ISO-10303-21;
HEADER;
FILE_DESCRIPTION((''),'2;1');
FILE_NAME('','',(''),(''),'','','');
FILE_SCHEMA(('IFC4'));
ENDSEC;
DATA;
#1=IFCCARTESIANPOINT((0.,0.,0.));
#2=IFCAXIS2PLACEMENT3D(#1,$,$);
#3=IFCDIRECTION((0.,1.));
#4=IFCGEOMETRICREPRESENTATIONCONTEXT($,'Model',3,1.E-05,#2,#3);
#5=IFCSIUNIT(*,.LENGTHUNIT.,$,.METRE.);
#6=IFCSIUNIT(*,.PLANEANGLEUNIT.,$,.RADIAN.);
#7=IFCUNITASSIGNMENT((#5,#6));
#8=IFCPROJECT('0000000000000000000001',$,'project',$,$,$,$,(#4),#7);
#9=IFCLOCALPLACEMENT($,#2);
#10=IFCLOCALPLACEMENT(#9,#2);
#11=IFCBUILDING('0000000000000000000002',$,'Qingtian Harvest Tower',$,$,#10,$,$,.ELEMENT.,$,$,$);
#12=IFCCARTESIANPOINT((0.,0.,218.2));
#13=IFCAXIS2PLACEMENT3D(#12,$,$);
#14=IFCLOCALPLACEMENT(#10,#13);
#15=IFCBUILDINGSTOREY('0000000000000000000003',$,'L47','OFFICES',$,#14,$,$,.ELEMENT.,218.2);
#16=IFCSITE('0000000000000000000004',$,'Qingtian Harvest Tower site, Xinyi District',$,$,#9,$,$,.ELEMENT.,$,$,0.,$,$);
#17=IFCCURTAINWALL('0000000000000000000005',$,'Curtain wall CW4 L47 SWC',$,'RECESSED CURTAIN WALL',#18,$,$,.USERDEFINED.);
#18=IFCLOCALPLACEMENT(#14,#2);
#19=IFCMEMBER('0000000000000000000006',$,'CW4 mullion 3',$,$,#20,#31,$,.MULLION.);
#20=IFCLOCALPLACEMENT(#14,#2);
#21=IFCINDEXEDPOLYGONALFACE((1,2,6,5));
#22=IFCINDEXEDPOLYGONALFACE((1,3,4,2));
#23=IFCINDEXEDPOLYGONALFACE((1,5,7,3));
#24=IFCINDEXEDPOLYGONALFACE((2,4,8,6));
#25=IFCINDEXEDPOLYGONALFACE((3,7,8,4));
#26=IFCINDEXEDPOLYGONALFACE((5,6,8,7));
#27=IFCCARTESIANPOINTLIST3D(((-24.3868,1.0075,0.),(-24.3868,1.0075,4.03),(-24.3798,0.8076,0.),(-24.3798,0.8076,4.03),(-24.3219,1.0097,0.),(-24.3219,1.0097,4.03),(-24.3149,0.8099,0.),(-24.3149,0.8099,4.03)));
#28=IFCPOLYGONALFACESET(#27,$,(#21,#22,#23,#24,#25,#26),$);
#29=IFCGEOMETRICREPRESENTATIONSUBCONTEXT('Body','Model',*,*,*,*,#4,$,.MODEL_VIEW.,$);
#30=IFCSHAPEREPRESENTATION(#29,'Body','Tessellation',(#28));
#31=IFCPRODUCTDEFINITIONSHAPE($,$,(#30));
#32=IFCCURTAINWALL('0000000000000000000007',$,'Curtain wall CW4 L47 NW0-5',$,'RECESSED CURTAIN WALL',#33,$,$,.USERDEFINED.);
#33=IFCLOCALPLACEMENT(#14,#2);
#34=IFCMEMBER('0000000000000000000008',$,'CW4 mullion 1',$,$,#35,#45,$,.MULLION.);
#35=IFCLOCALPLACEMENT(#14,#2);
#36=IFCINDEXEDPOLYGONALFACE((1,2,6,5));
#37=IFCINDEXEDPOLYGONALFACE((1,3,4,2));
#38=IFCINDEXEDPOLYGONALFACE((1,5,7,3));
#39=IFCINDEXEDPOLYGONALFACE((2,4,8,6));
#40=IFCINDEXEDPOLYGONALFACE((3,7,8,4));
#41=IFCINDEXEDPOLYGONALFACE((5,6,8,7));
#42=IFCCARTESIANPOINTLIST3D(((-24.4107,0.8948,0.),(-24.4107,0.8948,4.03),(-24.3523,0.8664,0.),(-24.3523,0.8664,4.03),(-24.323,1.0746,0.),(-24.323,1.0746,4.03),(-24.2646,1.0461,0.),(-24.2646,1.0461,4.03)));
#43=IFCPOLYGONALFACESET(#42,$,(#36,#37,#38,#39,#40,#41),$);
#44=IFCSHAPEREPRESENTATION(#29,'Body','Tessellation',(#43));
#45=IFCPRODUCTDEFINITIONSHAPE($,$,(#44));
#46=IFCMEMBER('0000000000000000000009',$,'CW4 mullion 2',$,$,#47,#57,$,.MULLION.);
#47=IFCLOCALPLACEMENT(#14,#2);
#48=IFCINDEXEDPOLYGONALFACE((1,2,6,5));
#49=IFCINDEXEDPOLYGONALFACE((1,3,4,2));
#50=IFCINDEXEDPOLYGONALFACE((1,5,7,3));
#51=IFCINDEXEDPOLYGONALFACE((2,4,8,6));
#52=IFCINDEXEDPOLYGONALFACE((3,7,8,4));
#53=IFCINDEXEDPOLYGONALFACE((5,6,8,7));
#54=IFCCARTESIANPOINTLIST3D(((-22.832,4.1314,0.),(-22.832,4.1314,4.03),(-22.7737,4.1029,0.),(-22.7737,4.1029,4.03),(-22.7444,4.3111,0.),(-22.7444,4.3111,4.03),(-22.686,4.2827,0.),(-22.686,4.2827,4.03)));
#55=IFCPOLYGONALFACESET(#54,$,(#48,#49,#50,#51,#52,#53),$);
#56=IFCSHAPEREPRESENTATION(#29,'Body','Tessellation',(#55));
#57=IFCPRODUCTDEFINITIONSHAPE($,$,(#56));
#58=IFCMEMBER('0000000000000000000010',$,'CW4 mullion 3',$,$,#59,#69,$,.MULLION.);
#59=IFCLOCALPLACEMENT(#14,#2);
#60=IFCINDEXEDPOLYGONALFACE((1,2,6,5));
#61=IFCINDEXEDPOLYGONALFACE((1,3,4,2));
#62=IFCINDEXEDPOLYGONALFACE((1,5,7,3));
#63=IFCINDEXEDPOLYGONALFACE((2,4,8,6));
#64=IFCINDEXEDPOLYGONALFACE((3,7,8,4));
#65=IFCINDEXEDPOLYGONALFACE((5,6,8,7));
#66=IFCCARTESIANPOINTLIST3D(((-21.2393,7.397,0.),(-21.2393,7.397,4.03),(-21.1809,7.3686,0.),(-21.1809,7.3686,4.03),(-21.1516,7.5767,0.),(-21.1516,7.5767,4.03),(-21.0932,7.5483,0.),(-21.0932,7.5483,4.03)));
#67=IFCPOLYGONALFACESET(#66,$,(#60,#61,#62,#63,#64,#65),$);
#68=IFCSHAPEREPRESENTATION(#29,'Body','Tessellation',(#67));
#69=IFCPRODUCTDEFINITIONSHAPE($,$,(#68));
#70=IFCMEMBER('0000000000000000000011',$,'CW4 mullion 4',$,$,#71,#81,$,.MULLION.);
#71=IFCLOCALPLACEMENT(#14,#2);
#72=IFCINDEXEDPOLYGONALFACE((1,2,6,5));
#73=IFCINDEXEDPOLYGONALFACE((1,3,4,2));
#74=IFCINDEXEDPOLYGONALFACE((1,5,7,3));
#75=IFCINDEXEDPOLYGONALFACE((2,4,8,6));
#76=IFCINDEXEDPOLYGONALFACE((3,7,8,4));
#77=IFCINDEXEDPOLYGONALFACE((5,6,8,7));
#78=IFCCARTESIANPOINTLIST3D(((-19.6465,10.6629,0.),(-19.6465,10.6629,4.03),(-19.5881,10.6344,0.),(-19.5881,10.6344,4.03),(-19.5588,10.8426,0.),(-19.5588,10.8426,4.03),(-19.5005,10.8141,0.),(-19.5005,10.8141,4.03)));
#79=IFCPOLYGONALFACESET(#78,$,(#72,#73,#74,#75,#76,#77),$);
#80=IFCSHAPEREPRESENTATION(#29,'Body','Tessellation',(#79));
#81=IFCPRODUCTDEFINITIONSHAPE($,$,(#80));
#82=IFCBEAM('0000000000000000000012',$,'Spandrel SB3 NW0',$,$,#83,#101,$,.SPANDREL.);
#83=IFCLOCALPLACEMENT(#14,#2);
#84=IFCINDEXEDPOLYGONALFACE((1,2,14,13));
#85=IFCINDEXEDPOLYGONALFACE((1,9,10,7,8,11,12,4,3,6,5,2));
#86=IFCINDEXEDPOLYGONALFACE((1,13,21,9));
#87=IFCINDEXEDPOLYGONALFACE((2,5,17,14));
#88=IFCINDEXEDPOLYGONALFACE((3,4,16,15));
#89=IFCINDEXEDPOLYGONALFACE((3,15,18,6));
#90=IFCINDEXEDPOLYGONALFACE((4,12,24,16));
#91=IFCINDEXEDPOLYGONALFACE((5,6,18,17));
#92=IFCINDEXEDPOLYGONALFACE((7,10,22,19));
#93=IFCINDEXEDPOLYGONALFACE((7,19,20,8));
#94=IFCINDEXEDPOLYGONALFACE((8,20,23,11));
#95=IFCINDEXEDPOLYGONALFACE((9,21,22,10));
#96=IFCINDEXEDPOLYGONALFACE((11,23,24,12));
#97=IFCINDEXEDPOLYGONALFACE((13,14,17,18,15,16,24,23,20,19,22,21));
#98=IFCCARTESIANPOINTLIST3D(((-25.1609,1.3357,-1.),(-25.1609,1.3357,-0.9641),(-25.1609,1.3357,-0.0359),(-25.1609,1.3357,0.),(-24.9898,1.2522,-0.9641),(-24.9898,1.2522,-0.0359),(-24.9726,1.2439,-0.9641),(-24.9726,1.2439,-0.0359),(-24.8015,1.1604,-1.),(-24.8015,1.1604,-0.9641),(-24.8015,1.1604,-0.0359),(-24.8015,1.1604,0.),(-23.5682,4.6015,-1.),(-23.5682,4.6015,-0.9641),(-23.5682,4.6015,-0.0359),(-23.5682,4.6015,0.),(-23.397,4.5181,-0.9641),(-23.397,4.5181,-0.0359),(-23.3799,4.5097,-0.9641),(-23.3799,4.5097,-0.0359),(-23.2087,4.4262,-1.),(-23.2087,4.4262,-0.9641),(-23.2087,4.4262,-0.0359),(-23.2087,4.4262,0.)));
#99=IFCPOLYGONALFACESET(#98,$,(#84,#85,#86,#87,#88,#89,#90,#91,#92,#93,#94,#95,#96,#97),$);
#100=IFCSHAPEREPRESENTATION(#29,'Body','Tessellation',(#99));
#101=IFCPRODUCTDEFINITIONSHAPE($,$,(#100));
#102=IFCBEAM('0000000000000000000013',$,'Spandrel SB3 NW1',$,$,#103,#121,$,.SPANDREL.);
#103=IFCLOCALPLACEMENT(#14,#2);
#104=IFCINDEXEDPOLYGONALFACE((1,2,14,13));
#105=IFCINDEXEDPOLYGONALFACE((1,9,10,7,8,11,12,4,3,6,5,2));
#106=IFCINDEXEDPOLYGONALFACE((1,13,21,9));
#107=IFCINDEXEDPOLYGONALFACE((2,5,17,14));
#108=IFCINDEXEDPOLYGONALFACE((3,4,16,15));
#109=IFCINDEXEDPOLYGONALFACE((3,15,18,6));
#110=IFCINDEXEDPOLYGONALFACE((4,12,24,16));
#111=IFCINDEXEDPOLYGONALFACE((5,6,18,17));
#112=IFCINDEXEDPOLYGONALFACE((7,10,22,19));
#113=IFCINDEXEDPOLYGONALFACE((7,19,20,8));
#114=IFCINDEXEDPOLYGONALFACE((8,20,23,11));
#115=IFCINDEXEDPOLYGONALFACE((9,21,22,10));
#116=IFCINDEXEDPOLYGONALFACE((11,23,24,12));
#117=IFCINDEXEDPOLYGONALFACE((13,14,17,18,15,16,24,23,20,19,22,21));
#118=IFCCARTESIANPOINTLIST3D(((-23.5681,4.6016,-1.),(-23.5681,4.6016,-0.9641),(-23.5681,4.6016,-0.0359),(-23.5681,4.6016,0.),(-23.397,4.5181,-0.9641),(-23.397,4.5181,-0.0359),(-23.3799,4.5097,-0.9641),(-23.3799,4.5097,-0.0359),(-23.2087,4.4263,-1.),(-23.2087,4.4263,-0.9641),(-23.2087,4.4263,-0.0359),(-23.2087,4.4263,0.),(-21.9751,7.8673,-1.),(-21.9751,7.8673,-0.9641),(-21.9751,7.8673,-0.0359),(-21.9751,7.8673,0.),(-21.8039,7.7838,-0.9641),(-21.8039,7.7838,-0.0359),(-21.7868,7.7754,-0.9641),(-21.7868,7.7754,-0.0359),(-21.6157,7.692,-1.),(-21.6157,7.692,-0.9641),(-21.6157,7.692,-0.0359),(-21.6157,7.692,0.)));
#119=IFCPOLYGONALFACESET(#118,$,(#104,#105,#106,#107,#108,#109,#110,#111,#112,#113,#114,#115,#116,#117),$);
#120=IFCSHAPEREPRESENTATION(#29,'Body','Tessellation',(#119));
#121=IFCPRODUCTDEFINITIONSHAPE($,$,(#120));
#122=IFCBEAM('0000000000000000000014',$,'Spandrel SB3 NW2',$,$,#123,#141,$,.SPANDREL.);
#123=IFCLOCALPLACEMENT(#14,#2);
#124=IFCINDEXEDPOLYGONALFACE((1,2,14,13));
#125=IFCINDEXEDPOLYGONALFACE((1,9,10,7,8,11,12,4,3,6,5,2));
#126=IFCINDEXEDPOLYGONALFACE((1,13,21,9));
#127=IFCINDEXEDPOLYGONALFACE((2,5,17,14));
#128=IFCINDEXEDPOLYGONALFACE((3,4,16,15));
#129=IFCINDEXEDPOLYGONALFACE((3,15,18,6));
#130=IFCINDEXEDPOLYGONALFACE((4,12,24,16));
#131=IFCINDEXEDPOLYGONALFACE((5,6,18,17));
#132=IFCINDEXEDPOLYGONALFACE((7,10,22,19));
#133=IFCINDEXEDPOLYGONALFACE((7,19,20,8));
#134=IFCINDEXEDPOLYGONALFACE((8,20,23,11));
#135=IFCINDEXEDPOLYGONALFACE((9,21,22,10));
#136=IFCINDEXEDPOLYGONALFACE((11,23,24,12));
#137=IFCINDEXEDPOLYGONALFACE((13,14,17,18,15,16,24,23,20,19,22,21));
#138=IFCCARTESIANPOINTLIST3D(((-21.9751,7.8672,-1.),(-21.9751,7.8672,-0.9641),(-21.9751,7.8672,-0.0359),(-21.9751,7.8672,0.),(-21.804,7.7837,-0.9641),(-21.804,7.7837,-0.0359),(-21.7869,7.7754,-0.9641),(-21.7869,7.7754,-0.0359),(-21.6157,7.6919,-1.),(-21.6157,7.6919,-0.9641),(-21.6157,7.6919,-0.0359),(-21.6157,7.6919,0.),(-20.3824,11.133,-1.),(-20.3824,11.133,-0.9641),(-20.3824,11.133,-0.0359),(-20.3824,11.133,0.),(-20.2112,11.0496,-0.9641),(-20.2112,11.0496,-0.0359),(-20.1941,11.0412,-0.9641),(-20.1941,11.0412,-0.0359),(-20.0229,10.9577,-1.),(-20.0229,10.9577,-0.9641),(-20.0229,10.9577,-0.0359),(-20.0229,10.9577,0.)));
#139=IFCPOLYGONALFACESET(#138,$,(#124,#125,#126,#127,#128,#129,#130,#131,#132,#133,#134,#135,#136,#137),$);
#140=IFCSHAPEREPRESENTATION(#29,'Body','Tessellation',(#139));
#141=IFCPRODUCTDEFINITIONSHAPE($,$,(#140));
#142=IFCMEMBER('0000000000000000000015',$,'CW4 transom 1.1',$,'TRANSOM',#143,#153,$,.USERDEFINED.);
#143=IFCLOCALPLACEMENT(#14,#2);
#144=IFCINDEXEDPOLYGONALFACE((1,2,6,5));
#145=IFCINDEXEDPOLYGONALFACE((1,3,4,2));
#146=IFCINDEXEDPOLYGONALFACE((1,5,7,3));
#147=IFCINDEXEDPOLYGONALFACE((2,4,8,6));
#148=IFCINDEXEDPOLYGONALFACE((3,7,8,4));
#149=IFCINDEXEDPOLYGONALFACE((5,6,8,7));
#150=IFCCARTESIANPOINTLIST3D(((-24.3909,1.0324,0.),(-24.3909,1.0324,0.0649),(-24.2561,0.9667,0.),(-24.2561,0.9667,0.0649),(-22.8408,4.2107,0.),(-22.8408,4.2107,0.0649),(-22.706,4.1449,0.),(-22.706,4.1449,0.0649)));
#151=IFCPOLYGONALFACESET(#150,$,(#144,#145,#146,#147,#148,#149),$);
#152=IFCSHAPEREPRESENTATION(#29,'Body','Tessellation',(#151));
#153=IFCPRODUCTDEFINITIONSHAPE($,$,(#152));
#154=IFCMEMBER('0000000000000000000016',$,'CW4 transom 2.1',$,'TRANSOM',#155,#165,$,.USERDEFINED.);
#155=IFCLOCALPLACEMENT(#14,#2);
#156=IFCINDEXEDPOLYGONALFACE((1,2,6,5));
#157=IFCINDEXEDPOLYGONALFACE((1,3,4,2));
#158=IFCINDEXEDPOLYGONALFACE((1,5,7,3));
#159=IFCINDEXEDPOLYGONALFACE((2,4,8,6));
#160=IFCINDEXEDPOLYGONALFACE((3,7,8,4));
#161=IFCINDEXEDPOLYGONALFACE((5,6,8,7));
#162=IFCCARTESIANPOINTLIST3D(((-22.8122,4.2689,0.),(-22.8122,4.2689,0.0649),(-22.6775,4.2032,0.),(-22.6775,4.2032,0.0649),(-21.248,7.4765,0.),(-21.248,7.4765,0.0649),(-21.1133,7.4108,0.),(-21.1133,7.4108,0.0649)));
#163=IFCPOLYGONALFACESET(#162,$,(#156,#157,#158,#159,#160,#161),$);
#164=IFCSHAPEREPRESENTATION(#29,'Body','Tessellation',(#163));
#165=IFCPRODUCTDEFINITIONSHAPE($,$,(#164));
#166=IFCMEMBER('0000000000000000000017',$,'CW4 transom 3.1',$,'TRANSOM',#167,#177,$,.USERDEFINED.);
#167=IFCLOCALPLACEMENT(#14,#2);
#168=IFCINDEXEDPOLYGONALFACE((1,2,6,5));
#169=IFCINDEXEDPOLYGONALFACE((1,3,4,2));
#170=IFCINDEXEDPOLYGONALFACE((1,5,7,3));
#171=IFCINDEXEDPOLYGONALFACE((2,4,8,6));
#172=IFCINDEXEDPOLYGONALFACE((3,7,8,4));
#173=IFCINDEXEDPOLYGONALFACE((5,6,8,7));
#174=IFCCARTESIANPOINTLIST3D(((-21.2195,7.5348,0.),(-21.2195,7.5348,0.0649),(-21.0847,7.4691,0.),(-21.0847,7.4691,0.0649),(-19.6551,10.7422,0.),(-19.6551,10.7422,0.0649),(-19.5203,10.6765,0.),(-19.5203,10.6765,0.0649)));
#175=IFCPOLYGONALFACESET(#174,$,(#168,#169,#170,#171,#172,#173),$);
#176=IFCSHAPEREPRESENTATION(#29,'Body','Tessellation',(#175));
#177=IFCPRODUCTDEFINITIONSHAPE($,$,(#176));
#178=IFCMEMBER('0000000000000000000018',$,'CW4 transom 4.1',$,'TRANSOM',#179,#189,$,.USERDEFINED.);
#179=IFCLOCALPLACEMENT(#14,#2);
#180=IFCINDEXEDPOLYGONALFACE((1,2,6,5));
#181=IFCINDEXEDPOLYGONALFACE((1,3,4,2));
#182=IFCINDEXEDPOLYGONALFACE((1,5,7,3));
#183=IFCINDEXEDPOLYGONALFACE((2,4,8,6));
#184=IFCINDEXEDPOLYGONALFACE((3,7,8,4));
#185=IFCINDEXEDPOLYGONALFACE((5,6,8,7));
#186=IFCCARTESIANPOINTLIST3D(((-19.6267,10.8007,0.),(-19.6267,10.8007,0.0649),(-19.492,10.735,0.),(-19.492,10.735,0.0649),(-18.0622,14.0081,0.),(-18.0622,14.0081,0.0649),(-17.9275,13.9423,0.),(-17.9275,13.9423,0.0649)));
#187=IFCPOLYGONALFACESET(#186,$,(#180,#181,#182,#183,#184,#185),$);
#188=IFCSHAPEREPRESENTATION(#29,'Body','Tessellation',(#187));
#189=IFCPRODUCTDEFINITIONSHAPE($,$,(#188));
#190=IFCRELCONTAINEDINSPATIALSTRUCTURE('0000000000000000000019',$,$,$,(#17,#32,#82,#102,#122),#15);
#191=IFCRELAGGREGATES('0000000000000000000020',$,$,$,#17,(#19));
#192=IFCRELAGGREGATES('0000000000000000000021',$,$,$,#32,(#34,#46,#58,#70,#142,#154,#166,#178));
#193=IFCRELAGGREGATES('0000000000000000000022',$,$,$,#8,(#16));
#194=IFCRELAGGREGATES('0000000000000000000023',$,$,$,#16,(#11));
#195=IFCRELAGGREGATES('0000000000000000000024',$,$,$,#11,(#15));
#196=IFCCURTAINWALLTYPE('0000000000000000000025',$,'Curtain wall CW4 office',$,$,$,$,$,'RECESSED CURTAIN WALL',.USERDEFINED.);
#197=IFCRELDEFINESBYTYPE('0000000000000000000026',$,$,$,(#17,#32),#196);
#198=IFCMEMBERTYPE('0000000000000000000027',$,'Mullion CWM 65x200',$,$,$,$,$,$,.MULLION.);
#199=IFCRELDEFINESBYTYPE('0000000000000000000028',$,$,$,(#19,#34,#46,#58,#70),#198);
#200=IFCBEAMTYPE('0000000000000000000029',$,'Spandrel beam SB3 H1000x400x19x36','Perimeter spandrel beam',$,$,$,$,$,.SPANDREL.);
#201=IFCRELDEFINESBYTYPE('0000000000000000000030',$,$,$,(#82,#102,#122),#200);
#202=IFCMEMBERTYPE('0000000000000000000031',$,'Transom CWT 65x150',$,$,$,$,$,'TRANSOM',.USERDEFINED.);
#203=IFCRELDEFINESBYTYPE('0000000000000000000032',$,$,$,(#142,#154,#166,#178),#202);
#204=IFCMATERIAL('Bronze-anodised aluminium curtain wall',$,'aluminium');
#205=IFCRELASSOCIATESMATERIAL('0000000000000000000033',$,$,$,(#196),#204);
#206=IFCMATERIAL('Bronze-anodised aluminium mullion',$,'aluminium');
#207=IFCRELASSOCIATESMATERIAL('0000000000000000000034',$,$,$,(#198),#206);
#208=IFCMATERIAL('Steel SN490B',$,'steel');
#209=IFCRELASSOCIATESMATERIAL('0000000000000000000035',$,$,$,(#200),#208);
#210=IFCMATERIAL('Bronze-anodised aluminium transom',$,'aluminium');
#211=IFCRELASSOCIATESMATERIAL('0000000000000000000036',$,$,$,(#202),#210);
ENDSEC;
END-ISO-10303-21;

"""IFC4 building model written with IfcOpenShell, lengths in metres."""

from ifc_helpers import new_model, si_unit, direction, frame, origin, origin_2d, place, context, subcontext, project, spatial, rectangle, i_section, extrude, material, material_profile, profile_set, type_object, element, aggregate, save


model = new_model("IFC4")

# Units and contexts
model_context = context("Model", 3, precision=1e-05, world=origin(), true_north=direction((0.0, 1.0)))
body_context = subcontext(model_context, "Body", "Model", "MODEL_VIEW")
ifc_project = project(units=[si_unit("LENGTHUNIT", "METRE"), si_unit("PLANEANGLEUNIT", "RADIAN")], contexts=[model_context])

# Site, building, storey
site_placement = place(None, origin())
site = spatial("IfcSite", under=ifc_project, at=site_placement, Name="Qingtian Harvest Tower site, Xinyi District", CompositionType="ELEMENT", RefElevation=0.0)
building_placement = place(site_placement, origin())
building = spatial("IfcBuilding", under=site, at=building_placement, Name="Qingtian Harvest Tower", CompositionType="ELEMENT")
storey_placement = place(building_placement, frame((0.0, 0.0, 218.2)))
storey = spatial("IfcBuildingStorey", under=building, at=storey_placement, Name="L47", Description="OFFICES", CompositionType="ELEMENT", Elevation=218.2)

# Curtain wall, member
ifc_material_1 = material(Name="Bronze-anodised aluminium curtain wall", Category="aluminium")
curtain_wall_type = type_object("IfcCurtainWallType", Name="Curtain wall CW4 office", ElementType="RECESSED CURTAIN WALL", PredefinedType="USERDEFINED", material=ifc_material_1)
curtain_wall_1_placement = place(storey_placement, origin())
curtain_wall_1 = element("IfcCurtainWall", 1, at=curtain_wall_1_placement, inside=storey, type_object=curtain_wall_type, Name="Curtain wall CW4 L47 SWC", ObjectType="RECESSED CURTAIN WALL", PredefinedType="USERDEFINED")
ifc_material_2 = material(Name="Bronze-anodised aluminium mullion", Category="aluminium")
ifc_material_profile_1 = material_profile(ifc_material_2, rectangle(XDim=0.0649, YDim=0.2, at=origin_2d()), Name="AL 65x200")
ifc_profile_set_1 = profile_set([ifc_material_profile_1], Name="Bronze-anodised aluminium mullion")
member_type_1 = type_object("IfcMemberType", Name="Mullion CWM 65x200", PredefinedType="MULLION", material=ifc_profile_set_1)
member_1_placement = place(storey_placement, frame((-24.3508, 0.9087, 0.0), z_axis=(0.0, 0.0, 1.0), x_axis=(-0.999391, -0.034899, 0.0)))
member_1 = element("IfcMember", 2, at=member_1_placement, type_object=member_type_1, Name="CW4 mullion 3", PredefinedType="MULLION", context=body_context, shape_type="SweptSolid", body=[
    extrude(rectangle(XDim=0.0649, YDim=0.2, at=origin_2d()), origin(), (0.0, 0.0, 1.0), 4.03),
])

# Curtain wall, members
curtain_wall_2_placement = place(storey_placement, origin())
curtain_wall_2 = element("IfcCurtainWall", 3, at=curtain_wall_2_placement, inside=storey, type_object=curtain_wall_type, Name="Curtain wall CW4 L47 NW0-5", ObjectType="RECESSED CURTAIN WALL", PredefinedType="USERDEFINED")
member_2_placement = place(storey_placement, frame((-24.3376, 0.9705, 0.0), z_axis=(0.0, 0.0, 1.0), x_axis=(-0.898794, 0.438371, 0.0)))
member_2 = element("IfcMember", 4, at=member_2_placement, type_object=member_type_1, Name="CW4 mullion 1", PredefinedType="MULLION", context=body_context, shape_type="SweptSolid", body=[
    extrude(rectangle(XDim=0.0649, YDim=0.2, at=origin_2d()), origin(), (0.0, 0.0, 1.0), 4.03),
])
member_3_placement = place(storey_placement, frame((-22.759, 4.207, 0.0), z_axis=(0.0, 0.0, 1.0), x_axis=(-0.898794, 0.438371, 0.0)))
member_3 = element("IfcMember", 5, at=member_3_placement, type_object=member_type_1, Name="CW4 mullion 2", PredefinedType="MULLION", context=body_context, shape_type="SweptSolid", body=[
    extrude(rectangle(XDim=0.0649, YDim=0.2, at=origin_2d()), origin(), (0.0, 0.0, 1.0), 4.03),
])
member_4_placement = place(storey_placement, frame((-21.1663, 7.4727, 0.0), z_axis=(0.0, 0.0, 1.0), x_axis=(-0.898794, 0.438371, 0.0)))
member_4 = element("IfcMember", 6, at=member_4_placement, type_object=member_type_1, Name="CW4 mullion 3", PredefinedType="MULLION", context=body_context, shape_type="SweptSolid", body=[
    extrude(rectangle(XDim=0.0649, YDim=0.2, at=origin_2d()), origin(), (0.0, 0.0, 1.0), 4.03),
])
member_5_placement = place(storey_placement, frame((-19.5735, 10.7385, 0.0), z_axis=(0.0, 0.0, 1.0), x_axis=(-0.898794, 0.438371, 0.0)))
member_5 = element("IfcMember", 7, at=member_5_placement, type_object=member_type_1, Name="CW4 mullion 4", PredefinedType="MULLION", context=body_context, shape_type="SweptSolid", body=[
    extrude(rectangle(XDim=0.0649, YDim=0.2, at=origin_2d()), origin(), (0.0, 0.0, 1.0), 4.03),
])

# Beams
ifc_material_3 = material(Name="Steel SN490B", Category="steel")
ifc_material_profile_2 = material_profile(ifc_material_3, i_section(OverallWidth=0.3999, OverallDepth=1.0, WebThickness=0.019, FlangeThickness=0.0359, at=origin_2d()), Name="H1000x400x19x36")
ifc_profile_set_2 = profile_set([ifc_material_profile_2], Name="Steel SN490B")
beam_type_1 = type_object("IfcBeamType", Name="Spandrel beam SB3 H1000x400x19x36", Description="Perimeter spandrel beam", PredefinedType="SPANDREL", material=ifc_profile_set_2)
for number, where, z_axis, x_axis, name in (
    (8, (-24.9812, 1.248, -0.5), (0.438349, 0.898805, 0.0), (-0.898805, 0.438349, 0.0), "Spandrel SB3 NW0"),
    (9, (-23.3884, 4.5139, -0.5), (0.43843, 0.898765, 0.0), (-0.898765, 0.43843, 0.0), "Spandrel SB3 NW1"),
    (10, (-21.7954, 7.7795, -0.5), (0.438349, 0.898805, 0.0), (-0.898805, 0.438349, 0.0), "Spandrel SB3 NW2"),
):
    element("IfcBeam", number, at=place(storey_placement, frame(where, z_axis=z_axis, x_axis=x_axis)), inside=storey, type_object=beam_type_1, Name=name, PredefinedType="SPANDREL", context=body_context, shape_type="SweptSolid", body=[
        extrude(i_section(OverallWidth=0.3999, OverallDepth=1.0, WebThickness=0.019, FlangeThickness=0.0359, at=origin_2d()), origin(), (0.0, 0.0, 1.0), 3.6335),
    ])

# Members
ifc_material_4 = material(Name="Bronze-anodised aluminium transom", Category="aluminium")
ifc_material_profile_3 = material_profile(ifc_material_4, rectangle(XDim=0.1499, YDim=0.0649, at=origin_2d()), Name="AL 65x150")
ifc_profile_set_3 = profile_set([ifc_material_profile_3], Name="Bronze-anodised aluminium transom")
member_type_2 = type_object("IfcMemberType", Name="Transom CWT 65x150", ElementType="TRANSOM", PredefinedType="USERDEFINED", material=ifc_profile_set_3)
member_6_placement = place(storey_placement, frame((-24.3235, 0.9995, 0.0325), z_axis=(0.438354, 0.898802, 0.0), x_axis=(-0.898802, 0.438354, 0.0)))
member_6 = element("IfcMember", 11, at=member_6_placement, type_object=member_type_2, Name="CW4 transom 1.1", ObjectType="TRANSOM", PredefinedType="USERDEFINED", context=body_context, shape_type="SweptSolid", body=[
    extrude(rectangle(XDim=0.1499, YDim=0.0649, at=origin_2d()), origin(), (0.0, 0.0, 1.0), 3.5361),
])
member_7_placement = place(storey_placement, frame((-22.7449, 4.2361, 0.0325), z_axis=(0.438325, 0.898816, 0.0), x_axis=(-0.898816, 0.438325, 0.0)))
member_7 = element("IfcMember", 12, at=member_7_placement, type_object=member_type_2, Name="CW4 transom 2.1", ObjectType="TRANSOM", PredefinedType="USERDEFINED", context=body_context, shape_type="SweptSolid", body=[
    extrude(rectangle(XDim=0.1499, YDim=0.0649, at=origin_2d()), origin(), (0.0, 0.0, 1.0), 3.5686),
])
member_8_placement = place(storey_placement, frame((-21.1521, 7.502, 0.0325), z_axis=(0.438381, 0.898789, 0.0), x_axis=(-0.898789, 0.438381, 0.0)))
member_8 = element("IfcMember", 13, at=member_8_placement, type_object=member_type_2, Name="CW4 transom 3.1", ObjectType="TRANSOM", PredefinedType="USERDEFINED", context=body_context, shape_type="SweptSolid", body=[
    extrude(rectangle(XDim=0.1499, YDim=0.0649, at=origin_2d()), origin(), (0.0, 0.0, 1.0), 3.5686),
])
member_9_placement = place(storey_placement, frame((-19.5593, 10.7678, 0.0325), z_axis=(0.438407, 0.898776, 0.0), x_axis=(-0.898776, 0.438407, 0.0)))
member_9 = element("IfcMember", 14, at=member_9_placement, type_object=member_type_2, Name="CW4 transom 4.1", ObjectType="TRANSOM", PredefinedType="USERDEFINED", context=body_context, shape_type="SweptSolid", body=[
    extrude(rectangle(XDim=0.1499, YDim=0.0649, at=origin_2d()), origin(), (0.0, 0.0, 1.0), 3.5686),
])

aggregate(curtain_wall_1, [member_1])
aggregate(curtain_wall_2, [member_2, member_3, member_4, member_5, member_6, member_7, member_8, member_9])

save(model, "model.ifc")
